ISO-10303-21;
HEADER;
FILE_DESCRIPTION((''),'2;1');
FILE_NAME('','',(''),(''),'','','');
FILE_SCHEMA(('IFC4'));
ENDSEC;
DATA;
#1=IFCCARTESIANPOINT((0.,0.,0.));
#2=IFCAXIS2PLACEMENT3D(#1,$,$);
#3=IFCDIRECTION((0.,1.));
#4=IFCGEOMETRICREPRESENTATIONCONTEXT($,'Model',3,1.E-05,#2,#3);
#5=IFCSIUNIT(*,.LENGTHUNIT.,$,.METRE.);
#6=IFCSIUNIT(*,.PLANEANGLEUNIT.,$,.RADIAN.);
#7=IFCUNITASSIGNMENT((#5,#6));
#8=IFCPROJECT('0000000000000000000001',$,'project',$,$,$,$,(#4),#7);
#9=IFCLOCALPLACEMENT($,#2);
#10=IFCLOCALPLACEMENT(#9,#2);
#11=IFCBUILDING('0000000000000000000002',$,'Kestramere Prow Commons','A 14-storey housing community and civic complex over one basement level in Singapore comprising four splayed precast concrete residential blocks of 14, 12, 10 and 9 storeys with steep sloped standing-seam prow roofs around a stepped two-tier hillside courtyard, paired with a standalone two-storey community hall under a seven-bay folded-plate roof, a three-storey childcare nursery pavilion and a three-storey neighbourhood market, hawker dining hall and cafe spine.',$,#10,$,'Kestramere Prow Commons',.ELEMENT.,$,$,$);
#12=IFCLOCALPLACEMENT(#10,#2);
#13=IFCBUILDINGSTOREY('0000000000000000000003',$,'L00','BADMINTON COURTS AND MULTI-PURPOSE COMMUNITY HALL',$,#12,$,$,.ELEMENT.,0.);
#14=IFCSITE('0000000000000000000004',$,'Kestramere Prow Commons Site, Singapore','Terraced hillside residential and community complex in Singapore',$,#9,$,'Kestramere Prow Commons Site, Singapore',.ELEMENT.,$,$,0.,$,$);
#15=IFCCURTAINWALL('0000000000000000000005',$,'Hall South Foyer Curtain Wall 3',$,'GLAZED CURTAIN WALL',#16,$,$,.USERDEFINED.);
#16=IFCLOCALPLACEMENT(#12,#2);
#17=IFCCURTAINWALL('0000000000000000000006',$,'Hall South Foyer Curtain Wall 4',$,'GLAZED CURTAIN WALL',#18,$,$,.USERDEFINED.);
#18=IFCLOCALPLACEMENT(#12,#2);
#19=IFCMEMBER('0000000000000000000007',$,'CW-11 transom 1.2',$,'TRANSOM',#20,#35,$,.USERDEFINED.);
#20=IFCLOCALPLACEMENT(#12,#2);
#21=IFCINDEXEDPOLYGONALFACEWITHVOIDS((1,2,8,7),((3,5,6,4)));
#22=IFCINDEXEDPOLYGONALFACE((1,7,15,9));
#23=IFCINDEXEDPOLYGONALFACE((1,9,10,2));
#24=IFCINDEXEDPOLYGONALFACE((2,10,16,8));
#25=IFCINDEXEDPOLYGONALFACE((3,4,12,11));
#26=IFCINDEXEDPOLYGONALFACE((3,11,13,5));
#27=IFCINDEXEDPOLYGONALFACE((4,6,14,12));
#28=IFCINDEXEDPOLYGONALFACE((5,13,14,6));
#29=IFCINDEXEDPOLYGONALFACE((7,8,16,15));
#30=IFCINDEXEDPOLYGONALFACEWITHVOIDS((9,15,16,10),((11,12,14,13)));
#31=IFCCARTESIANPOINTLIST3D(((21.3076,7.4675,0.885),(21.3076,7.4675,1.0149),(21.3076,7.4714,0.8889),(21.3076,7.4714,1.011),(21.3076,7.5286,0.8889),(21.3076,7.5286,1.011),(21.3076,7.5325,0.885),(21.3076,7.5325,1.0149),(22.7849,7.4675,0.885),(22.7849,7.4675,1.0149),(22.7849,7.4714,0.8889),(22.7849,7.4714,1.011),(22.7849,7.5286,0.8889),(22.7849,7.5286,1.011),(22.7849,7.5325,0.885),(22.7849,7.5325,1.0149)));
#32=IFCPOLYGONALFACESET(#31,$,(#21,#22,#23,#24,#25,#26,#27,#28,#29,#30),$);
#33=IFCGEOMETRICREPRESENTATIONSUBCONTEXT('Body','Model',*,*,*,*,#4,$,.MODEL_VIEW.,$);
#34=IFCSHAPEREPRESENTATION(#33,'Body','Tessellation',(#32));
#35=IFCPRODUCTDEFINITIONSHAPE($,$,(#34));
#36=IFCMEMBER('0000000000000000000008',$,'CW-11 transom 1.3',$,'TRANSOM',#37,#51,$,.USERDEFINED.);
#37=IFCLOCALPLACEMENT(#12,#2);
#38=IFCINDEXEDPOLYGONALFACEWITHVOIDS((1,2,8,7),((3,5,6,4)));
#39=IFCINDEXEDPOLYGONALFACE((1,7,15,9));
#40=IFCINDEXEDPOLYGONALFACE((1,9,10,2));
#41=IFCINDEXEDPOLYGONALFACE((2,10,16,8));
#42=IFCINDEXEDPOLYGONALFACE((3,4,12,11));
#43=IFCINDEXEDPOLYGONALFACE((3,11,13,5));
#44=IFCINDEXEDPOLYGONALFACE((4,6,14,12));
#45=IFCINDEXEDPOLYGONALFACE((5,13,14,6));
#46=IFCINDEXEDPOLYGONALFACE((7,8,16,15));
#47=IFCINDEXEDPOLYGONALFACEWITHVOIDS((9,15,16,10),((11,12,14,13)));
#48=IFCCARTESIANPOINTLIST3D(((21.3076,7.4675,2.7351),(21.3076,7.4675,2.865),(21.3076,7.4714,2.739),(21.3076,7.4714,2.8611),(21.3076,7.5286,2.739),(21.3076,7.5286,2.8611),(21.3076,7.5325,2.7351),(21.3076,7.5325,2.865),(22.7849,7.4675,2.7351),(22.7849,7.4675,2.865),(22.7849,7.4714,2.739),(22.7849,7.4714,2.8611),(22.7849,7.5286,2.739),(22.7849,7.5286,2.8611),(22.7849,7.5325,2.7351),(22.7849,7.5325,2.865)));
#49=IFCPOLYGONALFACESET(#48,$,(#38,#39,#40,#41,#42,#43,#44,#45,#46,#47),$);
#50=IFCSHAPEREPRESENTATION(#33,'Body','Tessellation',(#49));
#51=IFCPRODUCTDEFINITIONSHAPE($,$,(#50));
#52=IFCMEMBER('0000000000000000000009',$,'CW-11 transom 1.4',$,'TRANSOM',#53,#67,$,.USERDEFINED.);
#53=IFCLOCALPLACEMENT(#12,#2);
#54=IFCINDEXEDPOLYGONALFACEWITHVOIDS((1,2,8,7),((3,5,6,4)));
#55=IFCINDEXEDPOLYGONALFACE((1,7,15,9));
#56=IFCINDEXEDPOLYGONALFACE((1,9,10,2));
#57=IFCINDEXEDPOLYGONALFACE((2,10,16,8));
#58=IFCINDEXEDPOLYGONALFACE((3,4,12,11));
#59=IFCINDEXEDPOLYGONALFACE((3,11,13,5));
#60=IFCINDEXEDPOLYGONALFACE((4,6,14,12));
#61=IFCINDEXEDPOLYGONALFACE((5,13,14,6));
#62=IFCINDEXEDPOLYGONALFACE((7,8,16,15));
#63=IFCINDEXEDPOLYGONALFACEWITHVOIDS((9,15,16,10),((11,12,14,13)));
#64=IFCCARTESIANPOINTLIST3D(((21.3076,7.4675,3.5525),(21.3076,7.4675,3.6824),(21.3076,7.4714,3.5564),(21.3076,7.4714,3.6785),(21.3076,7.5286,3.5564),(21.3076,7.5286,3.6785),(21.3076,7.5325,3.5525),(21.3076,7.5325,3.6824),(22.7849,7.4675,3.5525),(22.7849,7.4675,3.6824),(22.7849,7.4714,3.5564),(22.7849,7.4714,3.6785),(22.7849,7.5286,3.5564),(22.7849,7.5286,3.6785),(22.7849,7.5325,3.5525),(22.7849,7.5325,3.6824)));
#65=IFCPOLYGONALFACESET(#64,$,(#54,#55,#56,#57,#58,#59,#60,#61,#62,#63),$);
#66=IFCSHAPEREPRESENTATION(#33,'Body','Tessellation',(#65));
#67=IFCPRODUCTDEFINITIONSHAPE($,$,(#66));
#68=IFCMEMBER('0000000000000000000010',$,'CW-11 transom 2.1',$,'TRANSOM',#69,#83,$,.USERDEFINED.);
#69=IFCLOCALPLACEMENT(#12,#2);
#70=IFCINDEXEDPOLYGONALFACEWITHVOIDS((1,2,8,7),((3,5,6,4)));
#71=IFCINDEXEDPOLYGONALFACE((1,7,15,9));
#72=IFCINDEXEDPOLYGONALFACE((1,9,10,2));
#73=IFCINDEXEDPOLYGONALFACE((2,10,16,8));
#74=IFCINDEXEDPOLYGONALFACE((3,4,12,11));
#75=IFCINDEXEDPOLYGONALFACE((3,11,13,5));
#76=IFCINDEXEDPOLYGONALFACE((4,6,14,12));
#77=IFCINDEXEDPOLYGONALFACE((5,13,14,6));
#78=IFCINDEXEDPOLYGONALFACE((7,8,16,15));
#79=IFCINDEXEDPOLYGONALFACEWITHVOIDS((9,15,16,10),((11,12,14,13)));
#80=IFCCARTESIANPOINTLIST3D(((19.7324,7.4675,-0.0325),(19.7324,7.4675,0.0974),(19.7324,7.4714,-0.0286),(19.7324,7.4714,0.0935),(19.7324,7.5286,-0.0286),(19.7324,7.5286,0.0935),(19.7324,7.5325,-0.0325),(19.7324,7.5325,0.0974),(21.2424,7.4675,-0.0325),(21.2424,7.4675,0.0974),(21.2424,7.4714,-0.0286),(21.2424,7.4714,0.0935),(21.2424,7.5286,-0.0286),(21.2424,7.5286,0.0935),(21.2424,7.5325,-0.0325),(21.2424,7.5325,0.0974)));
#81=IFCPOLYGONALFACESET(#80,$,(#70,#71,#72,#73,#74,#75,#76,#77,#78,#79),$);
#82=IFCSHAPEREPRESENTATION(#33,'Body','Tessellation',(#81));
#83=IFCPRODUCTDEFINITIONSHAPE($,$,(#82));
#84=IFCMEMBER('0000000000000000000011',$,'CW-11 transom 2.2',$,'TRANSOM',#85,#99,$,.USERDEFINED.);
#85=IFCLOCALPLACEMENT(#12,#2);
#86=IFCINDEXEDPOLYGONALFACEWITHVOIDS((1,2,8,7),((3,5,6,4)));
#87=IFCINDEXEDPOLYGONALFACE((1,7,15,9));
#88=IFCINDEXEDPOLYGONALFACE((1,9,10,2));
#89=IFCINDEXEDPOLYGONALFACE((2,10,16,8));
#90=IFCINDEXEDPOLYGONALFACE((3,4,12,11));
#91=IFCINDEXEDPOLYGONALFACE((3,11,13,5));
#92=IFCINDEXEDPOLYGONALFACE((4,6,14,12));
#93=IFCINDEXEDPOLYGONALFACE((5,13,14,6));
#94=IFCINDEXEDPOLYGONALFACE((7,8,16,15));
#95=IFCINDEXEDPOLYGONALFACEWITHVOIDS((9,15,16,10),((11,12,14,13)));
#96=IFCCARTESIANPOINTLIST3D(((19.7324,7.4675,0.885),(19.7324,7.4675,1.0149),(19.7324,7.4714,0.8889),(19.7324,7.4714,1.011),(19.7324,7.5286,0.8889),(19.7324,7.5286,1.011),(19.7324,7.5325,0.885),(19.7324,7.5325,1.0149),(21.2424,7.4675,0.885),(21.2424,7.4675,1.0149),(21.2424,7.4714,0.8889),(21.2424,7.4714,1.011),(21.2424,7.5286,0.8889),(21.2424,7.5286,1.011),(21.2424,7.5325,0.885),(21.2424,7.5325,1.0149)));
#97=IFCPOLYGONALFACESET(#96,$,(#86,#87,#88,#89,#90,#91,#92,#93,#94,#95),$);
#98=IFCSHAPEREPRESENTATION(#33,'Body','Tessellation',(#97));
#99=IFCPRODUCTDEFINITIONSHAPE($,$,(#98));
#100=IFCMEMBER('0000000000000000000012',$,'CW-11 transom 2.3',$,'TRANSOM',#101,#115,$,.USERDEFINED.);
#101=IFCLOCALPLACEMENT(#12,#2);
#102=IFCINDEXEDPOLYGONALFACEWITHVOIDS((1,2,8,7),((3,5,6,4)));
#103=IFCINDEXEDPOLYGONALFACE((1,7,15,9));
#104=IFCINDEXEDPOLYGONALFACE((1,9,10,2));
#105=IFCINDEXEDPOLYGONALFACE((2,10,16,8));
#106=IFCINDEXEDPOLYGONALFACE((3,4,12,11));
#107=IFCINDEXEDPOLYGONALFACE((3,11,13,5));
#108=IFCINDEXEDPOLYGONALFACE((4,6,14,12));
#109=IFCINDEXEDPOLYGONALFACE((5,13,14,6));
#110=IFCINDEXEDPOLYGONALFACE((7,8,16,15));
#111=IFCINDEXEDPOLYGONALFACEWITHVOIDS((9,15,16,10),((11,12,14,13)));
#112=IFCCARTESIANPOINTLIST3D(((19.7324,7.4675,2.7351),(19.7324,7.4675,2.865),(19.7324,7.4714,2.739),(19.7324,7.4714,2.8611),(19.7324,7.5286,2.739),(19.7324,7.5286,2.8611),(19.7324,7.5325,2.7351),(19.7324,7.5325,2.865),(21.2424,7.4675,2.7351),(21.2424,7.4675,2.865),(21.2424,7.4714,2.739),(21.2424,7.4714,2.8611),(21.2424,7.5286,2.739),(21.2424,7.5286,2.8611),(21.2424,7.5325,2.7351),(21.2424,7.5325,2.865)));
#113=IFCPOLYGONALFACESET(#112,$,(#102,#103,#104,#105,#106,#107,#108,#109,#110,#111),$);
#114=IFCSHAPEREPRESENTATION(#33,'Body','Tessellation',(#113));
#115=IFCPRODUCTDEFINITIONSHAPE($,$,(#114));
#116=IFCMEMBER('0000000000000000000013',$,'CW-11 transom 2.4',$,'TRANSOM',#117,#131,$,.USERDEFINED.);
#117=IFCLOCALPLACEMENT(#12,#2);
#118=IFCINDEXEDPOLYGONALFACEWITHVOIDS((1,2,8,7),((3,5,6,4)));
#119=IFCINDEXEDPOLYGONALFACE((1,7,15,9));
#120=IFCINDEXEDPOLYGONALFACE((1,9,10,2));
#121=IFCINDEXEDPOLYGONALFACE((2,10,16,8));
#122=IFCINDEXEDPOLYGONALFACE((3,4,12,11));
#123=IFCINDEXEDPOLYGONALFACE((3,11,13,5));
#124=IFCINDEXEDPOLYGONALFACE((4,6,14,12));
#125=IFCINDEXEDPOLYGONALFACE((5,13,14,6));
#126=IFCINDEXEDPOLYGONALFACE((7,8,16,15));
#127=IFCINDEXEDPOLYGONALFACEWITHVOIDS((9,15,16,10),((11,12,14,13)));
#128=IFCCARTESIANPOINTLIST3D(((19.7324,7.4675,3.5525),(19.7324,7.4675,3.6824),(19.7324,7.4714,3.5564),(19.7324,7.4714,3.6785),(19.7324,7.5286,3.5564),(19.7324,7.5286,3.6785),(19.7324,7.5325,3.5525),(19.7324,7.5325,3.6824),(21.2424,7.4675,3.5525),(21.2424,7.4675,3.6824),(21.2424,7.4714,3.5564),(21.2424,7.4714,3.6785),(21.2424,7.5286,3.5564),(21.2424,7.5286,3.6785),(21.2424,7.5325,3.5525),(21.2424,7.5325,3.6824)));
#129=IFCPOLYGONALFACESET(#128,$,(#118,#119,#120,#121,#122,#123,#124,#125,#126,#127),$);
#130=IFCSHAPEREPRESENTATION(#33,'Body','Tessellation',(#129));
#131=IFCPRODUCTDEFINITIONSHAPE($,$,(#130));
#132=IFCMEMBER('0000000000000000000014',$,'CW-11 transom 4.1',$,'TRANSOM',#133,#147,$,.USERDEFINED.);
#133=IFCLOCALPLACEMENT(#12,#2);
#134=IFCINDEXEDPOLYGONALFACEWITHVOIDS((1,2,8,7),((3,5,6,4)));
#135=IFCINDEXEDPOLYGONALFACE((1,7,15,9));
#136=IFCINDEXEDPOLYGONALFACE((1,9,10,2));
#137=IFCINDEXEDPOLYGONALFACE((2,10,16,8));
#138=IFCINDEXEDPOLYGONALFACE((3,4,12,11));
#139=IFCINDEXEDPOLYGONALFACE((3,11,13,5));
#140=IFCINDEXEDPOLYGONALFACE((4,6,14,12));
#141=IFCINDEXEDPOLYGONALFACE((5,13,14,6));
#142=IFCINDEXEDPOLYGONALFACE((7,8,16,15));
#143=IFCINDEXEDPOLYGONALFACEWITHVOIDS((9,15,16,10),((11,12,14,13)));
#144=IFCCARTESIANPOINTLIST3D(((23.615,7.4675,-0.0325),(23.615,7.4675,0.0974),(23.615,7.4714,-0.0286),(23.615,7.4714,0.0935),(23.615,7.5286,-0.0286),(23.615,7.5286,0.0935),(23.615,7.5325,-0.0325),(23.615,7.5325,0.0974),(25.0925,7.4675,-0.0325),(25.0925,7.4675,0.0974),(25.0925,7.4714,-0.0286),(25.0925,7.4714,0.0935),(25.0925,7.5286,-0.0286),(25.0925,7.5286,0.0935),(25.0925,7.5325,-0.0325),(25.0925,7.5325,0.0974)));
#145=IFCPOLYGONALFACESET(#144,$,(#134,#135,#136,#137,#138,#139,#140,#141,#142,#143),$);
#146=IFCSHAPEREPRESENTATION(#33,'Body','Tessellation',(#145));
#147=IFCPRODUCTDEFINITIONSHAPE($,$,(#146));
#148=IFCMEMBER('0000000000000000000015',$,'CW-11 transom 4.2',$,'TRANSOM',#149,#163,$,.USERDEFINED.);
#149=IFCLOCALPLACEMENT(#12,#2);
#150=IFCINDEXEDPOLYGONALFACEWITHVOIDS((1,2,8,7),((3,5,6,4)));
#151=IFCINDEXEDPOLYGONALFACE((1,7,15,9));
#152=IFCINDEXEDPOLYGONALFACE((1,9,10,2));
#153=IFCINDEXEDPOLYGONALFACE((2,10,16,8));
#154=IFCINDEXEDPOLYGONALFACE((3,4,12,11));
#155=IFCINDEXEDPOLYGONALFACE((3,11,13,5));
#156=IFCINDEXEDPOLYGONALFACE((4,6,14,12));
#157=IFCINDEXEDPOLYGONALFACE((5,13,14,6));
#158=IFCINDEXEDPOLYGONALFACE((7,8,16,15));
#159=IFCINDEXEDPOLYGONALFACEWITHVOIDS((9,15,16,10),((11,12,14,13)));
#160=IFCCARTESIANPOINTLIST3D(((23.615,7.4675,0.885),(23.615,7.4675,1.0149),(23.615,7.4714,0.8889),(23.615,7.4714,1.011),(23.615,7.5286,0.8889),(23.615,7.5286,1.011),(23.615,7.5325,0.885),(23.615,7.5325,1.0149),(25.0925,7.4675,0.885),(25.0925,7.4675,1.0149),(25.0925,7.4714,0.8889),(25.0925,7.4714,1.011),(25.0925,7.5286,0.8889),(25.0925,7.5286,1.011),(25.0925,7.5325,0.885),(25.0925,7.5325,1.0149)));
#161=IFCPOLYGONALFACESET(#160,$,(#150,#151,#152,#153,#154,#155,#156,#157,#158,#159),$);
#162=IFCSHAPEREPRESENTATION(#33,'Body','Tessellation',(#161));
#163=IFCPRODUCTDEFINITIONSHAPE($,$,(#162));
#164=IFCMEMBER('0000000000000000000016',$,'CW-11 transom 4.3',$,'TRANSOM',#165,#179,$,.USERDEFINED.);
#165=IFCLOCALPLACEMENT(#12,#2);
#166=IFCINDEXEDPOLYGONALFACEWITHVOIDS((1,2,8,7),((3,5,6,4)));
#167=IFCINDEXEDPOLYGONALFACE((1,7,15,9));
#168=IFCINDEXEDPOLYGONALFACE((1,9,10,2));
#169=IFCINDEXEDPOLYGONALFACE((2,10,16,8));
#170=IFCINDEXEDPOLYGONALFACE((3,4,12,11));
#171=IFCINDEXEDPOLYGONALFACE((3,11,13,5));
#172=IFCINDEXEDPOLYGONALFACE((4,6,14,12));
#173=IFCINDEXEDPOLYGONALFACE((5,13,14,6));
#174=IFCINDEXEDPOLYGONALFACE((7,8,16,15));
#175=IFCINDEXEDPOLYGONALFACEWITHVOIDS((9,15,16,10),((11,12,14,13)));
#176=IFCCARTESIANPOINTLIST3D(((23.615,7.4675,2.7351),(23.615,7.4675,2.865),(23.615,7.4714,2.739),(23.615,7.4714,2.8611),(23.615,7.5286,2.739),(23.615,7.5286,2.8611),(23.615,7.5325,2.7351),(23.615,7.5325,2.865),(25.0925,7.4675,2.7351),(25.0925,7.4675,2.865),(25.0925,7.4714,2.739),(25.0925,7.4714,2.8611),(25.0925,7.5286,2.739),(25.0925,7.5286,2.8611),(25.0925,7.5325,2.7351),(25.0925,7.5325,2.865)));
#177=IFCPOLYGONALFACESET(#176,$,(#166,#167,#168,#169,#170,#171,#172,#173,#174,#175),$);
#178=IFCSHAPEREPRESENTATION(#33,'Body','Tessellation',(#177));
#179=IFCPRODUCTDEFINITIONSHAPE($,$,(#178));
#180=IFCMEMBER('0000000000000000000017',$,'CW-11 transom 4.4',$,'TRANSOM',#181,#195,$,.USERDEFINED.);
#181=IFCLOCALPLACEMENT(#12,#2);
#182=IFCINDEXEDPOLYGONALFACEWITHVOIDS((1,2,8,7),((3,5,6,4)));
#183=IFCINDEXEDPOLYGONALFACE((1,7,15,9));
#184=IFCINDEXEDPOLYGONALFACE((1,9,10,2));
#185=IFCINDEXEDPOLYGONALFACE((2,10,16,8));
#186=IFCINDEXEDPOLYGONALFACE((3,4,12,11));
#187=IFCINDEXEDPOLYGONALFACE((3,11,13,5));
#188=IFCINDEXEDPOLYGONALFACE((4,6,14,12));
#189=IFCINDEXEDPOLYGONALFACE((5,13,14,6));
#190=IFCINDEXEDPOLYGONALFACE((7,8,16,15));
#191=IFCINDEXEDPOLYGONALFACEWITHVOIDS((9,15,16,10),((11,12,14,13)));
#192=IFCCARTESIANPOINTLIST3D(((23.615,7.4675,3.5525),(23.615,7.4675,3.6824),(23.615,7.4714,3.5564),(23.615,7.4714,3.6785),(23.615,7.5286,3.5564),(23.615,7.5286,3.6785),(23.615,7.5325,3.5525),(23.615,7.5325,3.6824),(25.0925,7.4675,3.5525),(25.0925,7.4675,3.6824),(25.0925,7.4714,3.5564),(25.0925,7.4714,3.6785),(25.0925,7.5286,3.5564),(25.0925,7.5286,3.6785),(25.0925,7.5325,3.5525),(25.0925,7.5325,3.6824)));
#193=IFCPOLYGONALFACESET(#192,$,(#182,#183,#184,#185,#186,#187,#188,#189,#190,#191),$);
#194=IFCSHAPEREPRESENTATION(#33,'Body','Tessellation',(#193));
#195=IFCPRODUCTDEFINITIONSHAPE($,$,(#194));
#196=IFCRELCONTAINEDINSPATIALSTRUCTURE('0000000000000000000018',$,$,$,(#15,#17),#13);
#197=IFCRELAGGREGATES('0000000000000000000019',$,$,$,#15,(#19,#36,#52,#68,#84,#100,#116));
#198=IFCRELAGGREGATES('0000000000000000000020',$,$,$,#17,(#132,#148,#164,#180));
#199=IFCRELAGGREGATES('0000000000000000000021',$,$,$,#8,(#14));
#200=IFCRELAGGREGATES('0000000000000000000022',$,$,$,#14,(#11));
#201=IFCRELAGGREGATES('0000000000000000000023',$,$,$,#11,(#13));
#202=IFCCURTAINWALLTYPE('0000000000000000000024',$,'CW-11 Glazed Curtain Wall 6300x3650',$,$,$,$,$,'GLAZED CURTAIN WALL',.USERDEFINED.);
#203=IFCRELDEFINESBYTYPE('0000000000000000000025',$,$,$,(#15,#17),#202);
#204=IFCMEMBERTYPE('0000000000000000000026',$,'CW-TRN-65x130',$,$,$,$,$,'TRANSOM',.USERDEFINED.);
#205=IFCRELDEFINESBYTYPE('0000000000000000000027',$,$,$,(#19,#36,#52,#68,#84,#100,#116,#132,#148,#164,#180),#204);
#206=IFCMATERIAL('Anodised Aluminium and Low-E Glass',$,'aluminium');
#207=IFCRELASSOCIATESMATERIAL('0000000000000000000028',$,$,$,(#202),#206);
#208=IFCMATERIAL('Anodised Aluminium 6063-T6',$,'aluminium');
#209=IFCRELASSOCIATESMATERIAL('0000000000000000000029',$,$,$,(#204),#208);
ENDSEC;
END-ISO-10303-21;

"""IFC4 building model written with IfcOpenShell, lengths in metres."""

from ifc_helpers import new_model, si_unit, direction, frame, origin, origin_2d, place, context, subcontext, project, spatial, hollow_rectangle, extrude, material, material_profile, profile_set, type_object, element, aggregate, save


model = new_model("IFC4")

# Units and contexts
model_context = context("Model", 3, precision=1e-05, world=origin(), true_north=direction((0.0, 1.0)))
body_context = subcontext(model_context, "Body", "Model", "MODEL_VIEW")
ifc_project = project(units=[si_unit("LENGTHUNIT", "METRE"), si_unit("PLANEANGLEUNIT", "RADIAN")], contexts=[model_context])

# Site, building, storey
site_placement = place(None, origin())
site = spatial("IfcSite", under=ifc_project, at=site_placement, Name="Kestramere Prow Commons Site, Singapore", Description="Terraced hillside residential and community complex in Singapore", LongName="Kestramere Prow Commons Site, Singapore", CompositionType="ELEMENT", RefElevation=0.0)
building_placement = place(site_placement, origin())
building = spatial("IfcBuilding", under=site, at=building_placement, Name="Kestramere Prow Commons", Description="A 14-storey housing community and civic complex over one basement level in Singapore comprising four splayed precast concrete residential blocks of 14, 12, 10 and 9 storeys with steep sloped standing-seam prow roofs around a stepped two-tier hillside courtyard, paired with a standalone two-storey community hall under a seven-bay folded-plate roof, a three-storey childcare nursery pavilion and a three-storey neighbourhood market, hawker dining hall and cafe spine.", LongName="Kestramere Prow Commons", CompositionType="ELEMENT")
storey_placement = place(building_placement, origin())
storey = spatial("IfcBuildingStorey", under=building, at=storey_placement, Name="L00", Description="BADMINTON COURTS AND MULTI-PURPOSE COMMUNITY HALL", CompositionType="ELEMENT", Elevation=0.0)

# Curtain wall
ifc_material_1 = material(Name="Anodised Aluminium and Low-E Glass", Category="aluminium")
curtain_wall_type = type_object("IfcCurtainWallType", Name="CW-11 Glazed Curtain Wall 6300x3650", ElementType="GLAZED CURTAIN WALL", PredefinedType="USERDEFINED", material=ifc_material_1)
curtain_wall_1_placement = place(storey_placement, origin())
curtain_wall_1 = element("IfcCurtainWall", 1, at=curtain_wall_1_placement, inside=storey, type_object=curtain_wall_type, Name="Hall South Foyer Curtain Wall 3", ObjectType="GLAZED CURTAIN WALL", PredefinedType="USERDEFINED")
ifc_material_2 = material(Name="Anodised Aluminium 6063-T6", Category="aluminium")

# Curtain wall
curtain_wall_2_placement = place(storey_placement, origin())
curtain_wall_2 = element("IfcCurtainWall", 2, at=curtain_wall_2_placement, inside=storey, type_object=curtain_wall_type, Name="Hall South Foyer Curtain Wall 4", ObjectType="GLAZED CURTAIN WALL", PredefinedType="USERDEFINED")

# Members
ifc_material_profile_1 = material_profile(ifc_material_2, hollow_rectangle(XDim=0.0649, YDim=0.1299, WallThickness=0.0039, at=origin_2d()), Name="ALU-TRN 65x130")
ifc_profile_set_1 = profile_set([ifc_material_profile_1], Name="Anodised Aluminium 6063-T6")
member_type_1 = type_object("IfcMemberType", Name="CW-TRN-65x130", ElementType="TRANSOM", PredefinedType="USERDEFINED", material=ifc_profile_set_1)
member_1_placement = place(storey_placement, frame((22.7849, 7.5, 0.95), z_axis=(-1.0, 0.0, 0.0), x_axis=(0.0, -1.0, 0.0)))
member_1 = element("IfcMember", 3, at=member_1_placement, type_object=member_type_1, Name="CW-11 transom 1.2", ObjectType="TRANSOM", PredefinedType="USERDEFINED", context=body_context, shape_type="SweptSolid", body=[
    extrude(hollow_rectangle(XDim=0.0649, YDim=0.1299, WallThickness=0.0039, at=origin_2d()), origin(), (0.0, 0.0, 1.0), 1.4773),
])
member_2_placement = place(storey_placement, frame((22.7849, 7.5, 2.8), z_axis=(-1.0, 0.0, 0.0), x_axis=(0.0, -1.0, 0.0)))
member_2 = element("IfcMember", 4, at=member_2_placement, type_object=member_type_1, Name="CW-11 transom 1.3", ObjectType="TRANSOM", PredefinedType="USERDEFINED", context=body_context, shape_type="SweptSolid", body=[
    extrude(hollow_rectangle(XDim=0.0649, YDim=0.1299, WallThickness=0.0039, at=origin_2d()), origin(), (0.0, 0.0, 1.0), 1.4773),
])
member_3_placement = place(storey_placement, frame((22.7849, 7.5, 3.6174), z_axis=(-1.0, 0.0, 0.0), x_axis=(0.0, -1.0, 0.0)))
member_3 = element("IfcMember", 5, at=member_3_placement, type_object=member_type_1, Name="CW-11 transom 1.4", ObjectType="TRANSOM", PredefinedType="USERDEFINED", context=body_context, shape_type="SweptSolid", body=[
    extrude(hollow_rectangle(XDim=0.0649, YDim=0.1299, WallThickness=0.0039, at=origin_2d()), origin(), (0.0, 0.0, 1.0), 1.4773),
])
member_4_placement = place(storey_placement, frame((21.2424, 7.5, 0.0325), z_axis=(-1.0, 0.0, 0.0), x_axis=(0.0, -1.0, 0.0)))
member_4 = element("IfcMember", 6, at=member_4_placement, type_object=member_type_1, Name="CW-11 transom 2.1", ObjectType="TRANSOM", PredefinedType="USERDEFINED", context=body_context, shape_type="SweptSolid", body=[
    extrude(hollow_rectangle(XDim=0.0649, YDim=0.1299, WallThickness=0.0039, at=origin_2d()), origin(), (0.0, 0.0, 1.0), 1.51),
])
member_5_placement = place(storey_placement, frame((21.2424, 7.5, 0.95), z_axis=(-1.0, 0.0, 0.0), x_axis=(0.0, -1.0, 0.0)))
member_5 = element("IfcMember", 7, at=member_5_placement, type_object=member_type_1, Name="CW-11 transom 2.2", ObjectType="TRANSOM", PredefinedType="USERDEFINED", context=body_context, shape_type="SweptSolid", body=[
    extrude(hollow_rectangle(XDim=0.0649, YDim=0.1299, WallThickness=0.0039, at=origin_2d()), origin(), (0.0, 0.0, 1.0), 1.51),
])
member_6_placement = place(storey_placement, frame((21.2424, 7.5, 2.8), z_axis=(-1.0, 0.0, 0.0), x_axis=(0.0, -1.0, 0.0)))
member_6 = element("IfcMember", 8, at=member_6_placement, type_object=member_type_1, Name="CW-11 transom 2.3", ObjectType="TRANSOM", PredefinedType="USERDEFINED", context=body_context, shape_type="SweptSolid", body=[
    extrude(hollow_rectangle(XDim=0.0649, YDim=0.1299, WallThickness=0.0039, at=origin_2d()), origin(), (0.0, 0.0, 1.0), 1.51),
])
member_7_placement = place(storey_placement, frame((21.2424, 7.5, 3.6174), z_axis=(-1.0, 0.0, 0.0), x_axis=(0.0, -1.0, 0.0)))
member_7 = element("IfcMember", 9, at=member_7_placement, type_object=member_type_1, Name="CW-11 transom 2.4", ObjectType="TRANSOM", PredefinedType="USERDEFINED", context=body_context, shape_type="SweptSolid", body=[
    extrude(hollow_rectangle(XDim=0.0649, YDim=0.1299, WallThickness=0.0039, at=origin_2d()), origin(), (0.0, 0.0, 1.0), 1.51),
])
member_8_placement = place(storey_placement, frame((25.0925, 7.5, 0.0325), z_axis=(-1.0, 0.0, 0.0), x_axis=(0.0, -1.0, 0.0)))
member_8 = element("IfcMember", 10, at=member_8_placement, type_object=member_type_1, Name="CW-11 transom 4.1", ObjectType="TRANSOM", PredefinedType="USERDEFINED", context=body_context, shape_type="SweptSolid", body=[
    extrude(hollow_rectangle(XDim=0.0649, YDim=0.1299, WallThickness=0.0039, at=origin_2d()), origin(), (0.0, 0.0, 1.0), 1.4775),
])
member_9_placement = place(storey_placement, frame((25.0925, 7.5, 0.95), z_axis=(-1.0, 0.0, 0.0), x_axis=(0.0, -1.0, 0.0)))
member_9 = element("IfcMember", 11, at=member_9_placement, type_object=member_type_1, Name="CW-11 transom 4.2", ObjectType="TRANSOM", PredefinedType="USERDEFINED", context=body_context, shape_type="SweptSolid", body=[
    extrude(hollow_rectangle(XDim=0.0649, YDim=0.1299, WallThickness=0.0039, at=origin_2d()), origin(), (0.0, 0.0, 1.0), 1.4775),
])
member_10_placement = place(storey_placement, frame((25.0925, 7.5, 2.8), z_axis=(-1.0, 0.0, 0.0), x_axis=(0.0, -1.0, 0.0)))
member_10 = element("IfcMember", 12, at=member_10_placement, type_object=member_type_1, Name="CW-11 transom 4.3", ObjectType="TRANSOM", PredefinedType="USERDEFINED", context=body_context, shape_type="SweptSolid", body=[
    extrude(hollow_rectangle(XDim=0.0649, YDim=0.1299, WallThickness=0.0039, at=origin_2d()), origin(), (0.0, 0.0, 1.0), 1.4775),
])
member_11_placement = place(storey_placement, frame((25.0925, 7.5, 3.6174), z_axis=(-1.0, 0.0, 0.0), x_axis=(0.0, -1.0, 0.0)))
member_11 = element("IfcMember", 13, at=member_11_placement, type_object=member_type_1, Name="CW-11 transom 4.4", ObjectType="TRANSOM", PredefinedType="USERDEFINED", context=body_context, shape_type="SweptSolid", body=[
    extrude(hollow_rectangle(XDim=0.0649, YDim=0.1299, WallThickness=0.0039, at=origin_2d()), origin(), (0.0, 0.0, 1.0), 1.4775),
])

aggregate(curtain_wall_1, [member_1, member_2, member_3, member_4, member_5, member_6, member_7])
aggregate(curtain_wall_2, [member_8, member_9, member_10, member_11])

save(model, "model.ifc")
